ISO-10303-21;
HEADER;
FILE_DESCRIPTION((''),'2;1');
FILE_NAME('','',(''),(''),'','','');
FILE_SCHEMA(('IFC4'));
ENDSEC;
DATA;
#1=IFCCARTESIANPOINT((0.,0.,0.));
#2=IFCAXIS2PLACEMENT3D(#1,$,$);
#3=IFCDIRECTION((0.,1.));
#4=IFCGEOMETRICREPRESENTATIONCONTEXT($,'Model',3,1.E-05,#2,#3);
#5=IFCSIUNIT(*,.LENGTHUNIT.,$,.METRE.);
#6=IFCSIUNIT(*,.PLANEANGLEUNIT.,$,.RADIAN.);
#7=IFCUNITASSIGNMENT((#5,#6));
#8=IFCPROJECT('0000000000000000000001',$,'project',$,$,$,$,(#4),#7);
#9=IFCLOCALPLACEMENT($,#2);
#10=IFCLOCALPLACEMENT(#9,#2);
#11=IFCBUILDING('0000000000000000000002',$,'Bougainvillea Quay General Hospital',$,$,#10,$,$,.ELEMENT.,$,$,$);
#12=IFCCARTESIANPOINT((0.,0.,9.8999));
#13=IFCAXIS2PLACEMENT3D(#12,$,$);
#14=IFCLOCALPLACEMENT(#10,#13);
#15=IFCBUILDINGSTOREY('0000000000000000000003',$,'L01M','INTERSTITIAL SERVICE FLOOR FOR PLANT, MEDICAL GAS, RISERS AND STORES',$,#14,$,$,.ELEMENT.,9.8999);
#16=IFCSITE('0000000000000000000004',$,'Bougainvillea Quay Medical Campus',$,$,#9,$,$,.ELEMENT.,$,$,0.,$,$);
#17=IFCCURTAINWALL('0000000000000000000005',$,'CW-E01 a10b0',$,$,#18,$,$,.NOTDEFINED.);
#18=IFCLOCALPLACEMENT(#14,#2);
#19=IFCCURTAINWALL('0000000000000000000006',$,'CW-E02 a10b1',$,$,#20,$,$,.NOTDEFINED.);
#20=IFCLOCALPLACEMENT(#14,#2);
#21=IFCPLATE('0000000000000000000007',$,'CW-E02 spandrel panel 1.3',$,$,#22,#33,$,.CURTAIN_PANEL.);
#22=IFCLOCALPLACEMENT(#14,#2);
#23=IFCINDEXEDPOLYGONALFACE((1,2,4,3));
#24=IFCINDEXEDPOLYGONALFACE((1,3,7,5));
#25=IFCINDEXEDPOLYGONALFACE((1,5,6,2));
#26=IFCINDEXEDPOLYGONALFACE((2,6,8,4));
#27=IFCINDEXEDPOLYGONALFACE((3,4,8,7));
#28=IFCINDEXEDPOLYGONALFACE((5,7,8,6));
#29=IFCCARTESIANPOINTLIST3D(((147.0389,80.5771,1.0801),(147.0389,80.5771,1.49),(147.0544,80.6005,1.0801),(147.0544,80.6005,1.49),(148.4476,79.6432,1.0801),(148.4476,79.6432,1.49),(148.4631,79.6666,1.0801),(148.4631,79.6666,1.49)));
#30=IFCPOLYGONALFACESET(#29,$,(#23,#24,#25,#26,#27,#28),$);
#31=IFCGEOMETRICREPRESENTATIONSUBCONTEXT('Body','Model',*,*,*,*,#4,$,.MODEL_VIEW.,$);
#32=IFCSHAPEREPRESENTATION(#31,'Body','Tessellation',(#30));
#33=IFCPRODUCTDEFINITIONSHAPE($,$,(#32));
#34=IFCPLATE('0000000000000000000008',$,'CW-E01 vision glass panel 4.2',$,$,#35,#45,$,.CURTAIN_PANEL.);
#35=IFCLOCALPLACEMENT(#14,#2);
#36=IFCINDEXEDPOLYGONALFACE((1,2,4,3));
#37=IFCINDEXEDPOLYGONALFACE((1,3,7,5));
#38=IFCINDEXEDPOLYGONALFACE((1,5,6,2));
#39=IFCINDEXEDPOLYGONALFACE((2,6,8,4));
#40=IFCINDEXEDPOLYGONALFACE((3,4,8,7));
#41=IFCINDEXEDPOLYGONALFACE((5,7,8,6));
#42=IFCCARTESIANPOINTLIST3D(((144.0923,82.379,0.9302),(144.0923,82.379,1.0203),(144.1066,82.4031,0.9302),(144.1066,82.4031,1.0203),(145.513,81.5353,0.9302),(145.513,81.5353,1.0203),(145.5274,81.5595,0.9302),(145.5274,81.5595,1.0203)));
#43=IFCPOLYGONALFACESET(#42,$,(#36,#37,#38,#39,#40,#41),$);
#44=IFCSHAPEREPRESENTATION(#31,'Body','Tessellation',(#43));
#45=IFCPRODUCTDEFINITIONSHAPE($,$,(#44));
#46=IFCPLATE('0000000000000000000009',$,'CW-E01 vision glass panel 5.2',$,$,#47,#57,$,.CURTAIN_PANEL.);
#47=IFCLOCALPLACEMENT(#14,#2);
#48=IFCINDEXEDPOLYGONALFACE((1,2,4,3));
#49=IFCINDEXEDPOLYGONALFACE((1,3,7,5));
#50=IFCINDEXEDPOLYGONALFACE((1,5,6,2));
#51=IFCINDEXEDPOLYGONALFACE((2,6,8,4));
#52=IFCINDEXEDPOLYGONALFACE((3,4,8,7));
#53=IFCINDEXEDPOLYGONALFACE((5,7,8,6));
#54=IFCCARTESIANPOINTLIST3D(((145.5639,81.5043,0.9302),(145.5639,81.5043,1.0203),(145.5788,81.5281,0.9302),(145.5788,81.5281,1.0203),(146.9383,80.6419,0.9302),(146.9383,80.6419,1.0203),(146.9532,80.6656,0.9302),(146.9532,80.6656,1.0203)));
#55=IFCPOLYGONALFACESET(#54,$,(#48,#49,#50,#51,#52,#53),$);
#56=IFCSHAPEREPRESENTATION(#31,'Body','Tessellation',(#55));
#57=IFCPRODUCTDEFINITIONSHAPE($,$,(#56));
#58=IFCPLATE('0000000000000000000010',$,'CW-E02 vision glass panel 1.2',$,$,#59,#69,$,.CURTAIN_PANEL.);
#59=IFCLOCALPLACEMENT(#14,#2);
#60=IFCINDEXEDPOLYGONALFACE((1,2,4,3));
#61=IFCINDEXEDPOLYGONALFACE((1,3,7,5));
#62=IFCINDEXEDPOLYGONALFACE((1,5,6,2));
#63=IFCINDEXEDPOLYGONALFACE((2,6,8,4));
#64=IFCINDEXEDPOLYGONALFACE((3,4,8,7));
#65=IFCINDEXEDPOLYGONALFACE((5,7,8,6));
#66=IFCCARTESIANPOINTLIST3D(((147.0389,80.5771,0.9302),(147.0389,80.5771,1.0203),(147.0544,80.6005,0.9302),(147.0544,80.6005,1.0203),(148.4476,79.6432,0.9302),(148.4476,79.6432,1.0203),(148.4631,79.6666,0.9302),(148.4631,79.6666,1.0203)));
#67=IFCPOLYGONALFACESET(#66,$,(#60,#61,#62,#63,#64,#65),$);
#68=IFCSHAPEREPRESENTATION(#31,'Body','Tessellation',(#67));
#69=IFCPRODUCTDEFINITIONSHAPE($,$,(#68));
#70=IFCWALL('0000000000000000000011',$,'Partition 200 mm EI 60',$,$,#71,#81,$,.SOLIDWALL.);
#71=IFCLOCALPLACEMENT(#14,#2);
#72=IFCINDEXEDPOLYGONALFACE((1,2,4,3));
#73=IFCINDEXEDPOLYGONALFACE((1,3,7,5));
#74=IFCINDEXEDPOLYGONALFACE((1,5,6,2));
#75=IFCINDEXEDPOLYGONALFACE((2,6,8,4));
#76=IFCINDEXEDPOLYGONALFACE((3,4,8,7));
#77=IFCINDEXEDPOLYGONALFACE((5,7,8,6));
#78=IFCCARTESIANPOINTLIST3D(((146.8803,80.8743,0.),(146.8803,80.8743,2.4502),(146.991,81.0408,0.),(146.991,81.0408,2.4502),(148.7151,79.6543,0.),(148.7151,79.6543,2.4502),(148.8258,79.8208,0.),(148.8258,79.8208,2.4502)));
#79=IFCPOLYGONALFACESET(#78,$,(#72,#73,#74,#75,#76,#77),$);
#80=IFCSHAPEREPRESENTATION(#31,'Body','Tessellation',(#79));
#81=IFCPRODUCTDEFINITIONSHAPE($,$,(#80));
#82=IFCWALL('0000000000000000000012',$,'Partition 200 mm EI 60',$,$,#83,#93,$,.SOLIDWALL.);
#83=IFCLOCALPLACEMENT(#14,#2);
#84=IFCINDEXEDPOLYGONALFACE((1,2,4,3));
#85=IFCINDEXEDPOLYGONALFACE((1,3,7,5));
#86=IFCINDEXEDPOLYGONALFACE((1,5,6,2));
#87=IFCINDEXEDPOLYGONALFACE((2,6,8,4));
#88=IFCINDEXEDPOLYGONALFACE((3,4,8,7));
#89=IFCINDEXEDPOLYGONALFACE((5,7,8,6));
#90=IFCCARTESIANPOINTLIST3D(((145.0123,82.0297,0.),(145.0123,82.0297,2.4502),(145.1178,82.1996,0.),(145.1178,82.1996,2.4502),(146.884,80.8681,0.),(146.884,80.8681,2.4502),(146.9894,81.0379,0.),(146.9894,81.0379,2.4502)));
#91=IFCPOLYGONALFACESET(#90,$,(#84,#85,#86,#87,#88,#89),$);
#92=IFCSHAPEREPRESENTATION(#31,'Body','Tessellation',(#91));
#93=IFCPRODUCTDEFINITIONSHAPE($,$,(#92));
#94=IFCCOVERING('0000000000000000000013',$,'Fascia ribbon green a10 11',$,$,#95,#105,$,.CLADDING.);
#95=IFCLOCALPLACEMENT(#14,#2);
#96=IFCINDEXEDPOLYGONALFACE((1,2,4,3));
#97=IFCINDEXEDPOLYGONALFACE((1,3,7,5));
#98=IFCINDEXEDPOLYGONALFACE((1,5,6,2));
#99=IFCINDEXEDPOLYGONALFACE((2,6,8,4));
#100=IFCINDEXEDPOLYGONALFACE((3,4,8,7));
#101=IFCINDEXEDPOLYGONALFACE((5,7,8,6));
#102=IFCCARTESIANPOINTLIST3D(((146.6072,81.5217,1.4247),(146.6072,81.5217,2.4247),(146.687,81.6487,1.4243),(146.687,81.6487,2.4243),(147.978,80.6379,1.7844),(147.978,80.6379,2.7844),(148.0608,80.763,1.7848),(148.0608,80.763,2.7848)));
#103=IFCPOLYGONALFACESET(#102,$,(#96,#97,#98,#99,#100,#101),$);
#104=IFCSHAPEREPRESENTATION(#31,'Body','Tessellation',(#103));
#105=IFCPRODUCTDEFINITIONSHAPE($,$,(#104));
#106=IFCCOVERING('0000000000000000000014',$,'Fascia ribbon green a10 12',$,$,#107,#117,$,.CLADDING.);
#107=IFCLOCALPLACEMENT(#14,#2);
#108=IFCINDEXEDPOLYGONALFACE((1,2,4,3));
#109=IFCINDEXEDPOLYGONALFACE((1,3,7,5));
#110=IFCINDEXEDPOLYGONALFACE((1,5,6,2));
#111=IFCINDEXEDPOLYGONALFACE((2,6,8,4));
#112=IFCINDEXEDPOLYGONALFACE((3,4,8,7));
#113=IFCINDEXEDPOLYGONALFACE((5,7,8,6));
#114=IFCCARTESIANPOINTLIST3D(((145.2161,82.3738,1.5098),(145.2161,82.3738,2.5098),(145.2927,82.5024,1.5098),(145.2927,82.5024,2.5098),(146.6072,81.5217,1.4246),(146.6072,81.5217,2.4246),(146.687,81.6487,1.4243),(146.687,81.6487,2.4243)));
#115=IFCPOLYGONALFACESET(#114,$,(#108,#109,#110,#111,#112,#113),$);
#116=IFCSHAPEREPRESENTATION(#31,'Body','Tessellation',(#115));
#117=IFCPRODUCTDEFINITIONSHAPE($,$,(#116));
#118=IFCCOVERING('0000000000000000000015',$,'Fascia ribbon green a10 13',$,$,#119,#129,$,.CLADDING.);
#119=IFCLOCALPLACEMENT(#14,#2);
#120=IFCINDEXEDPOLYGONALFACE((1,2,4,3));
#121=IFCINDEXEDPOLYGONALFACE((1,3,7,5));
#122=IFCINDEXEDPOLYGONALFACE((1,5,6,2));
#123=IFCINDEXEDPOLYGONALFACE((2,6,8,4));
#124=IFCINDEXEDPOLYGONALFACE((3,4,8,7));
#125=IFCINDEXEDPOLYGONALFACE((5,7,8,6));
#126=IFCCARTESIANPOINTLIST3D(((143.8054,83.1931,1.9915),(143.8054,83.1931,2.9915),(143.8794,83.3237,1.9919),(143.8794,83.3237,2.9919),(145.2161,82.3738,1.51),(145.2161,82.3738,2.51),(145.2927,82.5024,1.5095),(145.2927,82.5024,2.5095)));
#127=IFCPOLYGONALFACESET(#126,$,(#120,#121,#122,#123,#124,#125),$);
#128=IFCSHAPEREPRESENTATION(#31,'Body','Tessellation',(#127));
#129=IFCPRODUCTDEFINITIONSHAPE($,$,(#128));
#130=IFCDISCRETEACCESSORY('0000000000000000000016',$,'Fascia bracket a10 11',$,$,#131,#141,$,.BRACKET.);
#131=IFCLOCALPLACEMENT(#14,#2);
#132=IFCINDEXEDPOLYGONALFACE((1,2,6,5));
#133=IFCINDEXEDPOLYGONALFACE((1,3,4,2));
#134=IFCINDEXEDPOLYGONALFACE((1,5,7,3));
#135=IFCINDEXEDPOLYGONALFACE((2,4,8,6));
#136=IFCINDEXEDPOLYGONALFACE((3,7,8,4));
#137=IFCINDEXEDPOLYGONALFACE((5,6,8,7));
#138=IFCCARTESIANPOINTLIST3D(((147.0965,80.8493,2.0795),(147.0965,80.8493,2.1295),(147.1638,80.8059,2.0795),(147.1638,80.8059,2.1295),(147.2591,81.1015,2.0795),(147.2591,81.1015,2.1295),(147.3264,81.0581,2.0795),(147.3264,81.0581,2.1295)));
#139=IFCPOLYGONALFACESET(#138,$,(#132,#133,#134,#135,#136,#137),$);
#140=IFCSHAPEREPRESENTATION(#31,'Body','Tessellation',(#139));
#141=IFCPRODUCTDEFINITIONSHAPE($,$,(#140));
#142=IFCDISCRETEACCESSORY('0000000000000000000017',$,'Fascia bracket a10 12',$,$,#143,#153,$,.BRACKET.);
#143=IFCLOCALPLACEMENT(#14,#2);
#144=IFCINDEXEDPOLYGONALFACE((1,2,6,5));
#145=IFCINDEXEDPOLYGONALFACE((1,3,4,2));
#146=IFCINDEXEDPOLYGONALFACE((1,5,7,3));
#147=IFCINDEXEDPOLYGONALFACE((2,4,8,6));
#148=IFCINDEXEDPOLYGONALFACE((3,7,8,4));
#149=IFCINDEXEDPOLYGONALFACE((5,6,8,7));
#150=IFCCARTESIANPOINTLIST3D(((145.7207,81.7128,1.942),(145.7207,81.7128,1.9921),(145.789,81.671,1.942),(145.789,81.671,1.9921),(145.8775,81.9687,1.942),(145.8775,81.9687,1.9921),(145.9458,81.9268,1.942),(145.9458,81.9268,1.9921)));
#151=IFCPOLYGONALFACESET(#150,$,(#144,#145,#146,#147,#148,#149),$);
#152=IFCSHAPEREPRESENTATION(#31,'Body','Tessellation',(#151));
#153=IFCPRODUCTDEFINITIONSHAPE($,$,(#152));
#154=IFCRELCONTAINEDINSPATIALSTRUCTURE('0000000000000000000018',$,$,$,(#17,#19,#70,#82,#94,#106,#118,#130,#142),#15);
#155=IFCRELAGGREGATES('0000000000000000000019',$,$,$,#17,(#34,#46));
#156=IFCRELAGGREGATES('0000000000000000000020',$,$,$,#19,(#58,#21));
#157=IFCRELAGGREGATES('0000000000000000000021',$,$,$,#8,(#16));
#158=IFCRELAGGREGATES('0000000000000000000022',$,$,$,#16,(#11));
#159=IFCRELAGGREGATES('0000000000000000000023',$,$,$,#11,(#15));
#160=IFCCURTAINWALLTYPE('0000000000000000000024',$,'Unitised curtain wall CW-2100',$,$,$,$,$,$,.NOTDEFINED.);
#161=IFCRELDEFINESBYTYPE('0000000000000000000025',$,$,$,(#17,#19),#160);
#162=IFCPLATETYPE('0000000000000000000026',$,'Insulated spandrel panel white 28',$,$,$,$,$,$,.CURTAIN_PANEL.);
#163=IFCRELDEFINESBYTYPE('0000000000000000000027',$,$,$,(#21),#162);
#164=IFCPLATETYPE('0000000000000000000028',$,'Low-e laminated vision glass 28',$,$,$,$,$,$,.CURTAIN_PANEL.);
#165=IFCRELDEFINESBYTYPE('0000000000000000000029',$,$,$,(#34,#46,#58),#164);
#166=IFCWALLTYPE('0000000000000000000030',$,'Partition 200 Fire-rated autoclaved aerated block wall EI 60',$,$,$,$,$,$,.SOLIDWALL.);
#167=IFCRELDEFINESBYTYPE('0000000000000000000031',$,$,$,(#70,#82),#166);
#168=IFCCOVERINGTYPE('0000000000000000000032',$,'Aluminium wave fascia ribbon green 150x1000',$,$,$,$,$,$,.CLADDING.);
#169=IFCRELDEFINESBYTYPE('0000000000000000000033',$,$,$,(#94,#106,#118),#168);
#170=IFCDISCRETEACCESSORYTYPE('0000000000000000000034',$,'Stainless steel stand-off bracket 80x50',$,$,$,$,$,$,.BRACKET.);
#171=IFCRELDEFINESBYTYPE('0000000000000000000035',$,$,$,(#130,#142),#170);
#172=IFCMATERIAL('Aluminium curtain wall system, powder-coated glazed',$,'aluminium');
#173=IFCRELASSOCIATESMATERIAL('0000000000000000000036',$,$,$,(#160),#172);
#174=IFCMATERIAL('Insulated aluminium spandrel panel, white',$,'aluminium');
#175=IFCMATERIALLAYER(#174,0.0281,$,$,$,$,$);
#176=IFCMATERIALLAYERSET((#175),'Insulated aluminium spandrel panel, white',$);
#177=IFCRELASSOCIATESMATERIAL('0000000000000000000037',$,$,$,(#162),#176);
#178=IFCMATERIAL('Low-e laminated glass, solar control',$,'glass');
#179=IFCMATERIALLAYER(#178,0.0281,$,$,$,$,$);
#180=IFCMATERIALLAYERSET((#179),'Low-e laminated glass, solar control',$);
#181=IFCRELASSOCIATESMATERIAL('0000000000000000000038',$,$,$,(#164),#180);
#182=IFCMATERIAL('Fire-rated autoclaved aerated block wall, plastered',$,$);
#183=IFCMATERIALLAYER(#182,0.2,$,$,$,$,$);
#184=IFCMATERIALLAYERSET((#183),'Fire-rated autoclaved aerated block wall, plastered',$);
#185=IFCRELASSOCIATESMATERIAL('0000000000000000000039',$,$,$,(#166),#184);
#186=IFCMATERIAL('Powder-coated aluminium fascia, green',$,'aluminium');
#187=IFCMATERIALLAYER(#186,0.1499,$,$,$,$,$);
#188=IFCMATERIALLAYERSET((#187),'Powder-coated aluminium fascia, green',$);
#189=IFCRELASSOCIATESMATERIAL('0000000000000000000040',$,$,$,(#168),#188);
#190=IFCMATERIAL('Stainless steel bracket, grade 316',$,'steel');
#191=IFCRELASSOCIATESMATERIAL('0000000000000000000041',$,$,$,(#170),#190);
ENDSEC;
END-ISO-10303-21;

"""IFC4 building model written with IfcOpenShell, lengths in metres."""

from ifc_helpers import new_model, si_unit, direction, frame, frame_2d, origin, origin_2d, place, context, subcontext, project, spatial, polyline, rectangle, outline, extrude, material, layer, layer_set, material_profile, profile_set, type_object, element, aggregate, save


model = new_model("IFC4")

# Units and contexts
model_context = context("Model", 3, precision=1e-05, world=origin(), true_north=direction((0.0, 1.0)))
body_context = subcontext(model_context, "Body", "Model", "MODEL_VIEW")
ifc_project = project(units=[si_unit("LENGTHUNIT", "METRE"), si_unit("PLANEANGLEUNIT", "RADIAN")], contexts=[model_context])

# Site, building, storey
site_placement = place(None, origin())
site = spatial("IfcSite", under=ifc_project, at=site_placement, Name="Bougainvillea Quay Medical Campus", CompositionType="ELEMENT", RefElevation=0.0)
building_placement = place(site_placement, origin())
building = spatial("IfcBuilding", under=site, at=building_placement, Name="Bougainvillea Quay General Hospital", CompositionType="ELEMENT")
storey_placement = place(building_placement, frame((0.0, 0.0, 9.8999)))
storey = spatial("IfcBuildingStorey", under=building, at=storey_placement, Name="L01M", Description="INTERSTITIAL SERVICE FLOOR FOR PLANT, MEDICAL GAS, RISERS AND STORES", CompositionType="ELEMENT", Elevation=9.8999)

# Curtain wall
ifc_material_1 = material(Name="Aluminium curtain wall system, powder-coated glazed", Category="aluminium")
curtain_wall_type = type_object("IfcCurtainWallType", Name="Unitised curtain wall CW-2100", PredefinedType="NOTDEFINED", material=ifc_material_1)
curtain_wall_1_placement = place(storey_placement, origin())
curtain_wall_1 = element("IfcCurtainWall", 1, at=curtain_wall_1_placement, inside=storey, type_object=curtain_wall_type, Name="CW-E01 a10b0", PredefinedType="NOTDEFINED")

# Curtain wall
curtain_wall_2_placement = place(storey_placement, origin())
curtain_wall_2 = element("IfcCurtainWall", 2, at=curtain_wall_2_placement, inside=storey, type_object=curtain_wall_type, Name="CW-E02 a10b1", PredefinedType="NOTDEFINED")

# Plates
ifc_material_2 = material(Name="Insulated aluminium spandrel panel, white", Category="aluminium")
ifc_layer_1 = layer(ifc_material_2, 0.0281)
ifc_layer_set_1 = layer_set([ifc_layer_1], Name="Insulated aluminium spandrel panel, white")
plate_type_1 = type_object("IfcPlateType", Name="Insulated spandrel panel white 28", PredefinedType="CURTAIN_PANEL", material=ifc_layer_set_1)
plate_1_placement = place(storey_placement, frame((147.751, 80.1218, 1.0801), z_axis=(0.0, 0.0, 1.0), x_axis=(0.833469, -0.552566, 0.0)))
plate_1 = element("IfcPlate", 3, at=plate_1_placement, type_object=plate_type_1, Name="CW-E02 spandrel panel 1.3", PredefinedType="CURTAIN_PANEL", context=body_context, shape_type="SweptSolid", body=[
    extrude(rectangle(XDim=1.6902, YDim=0.0281, at=origin_2d()), origin(), (0.0, 0.0, 1.0), 0.4099),
])
ifc_material_3 = material(Name="Low-e laminated glass, solar control", Category="glass")
ifc_layer_2 = layer(ifc_material_3, 0.0281)
ifc_layer_set_2 = layer_set([ifc_layer_2], Name="Low-e laminated glass, solar control")
plate_type_2 = type_object("IfcPlateType", Name="Low-e laminated vision glass 28", PredefinedType="CURTAIN_PANEL", material=ifc_layer_set_2)
plate_2_placement = place(storey_placement, frame((144.8098, 81.9692, 0.9302), z_axis=(0.0, 0.0, 1.0), x_axis=(0.859835, -0.510572, 0.0)))
plate_2 = element("IfcPlate", 4, at=plate_2_placement, type_object=plate_type_2, Name="CW-E01 vision glass panel 4.2", PredefinedType="CURTAIN_PANEL", context=body_context, shape_type="SweptSolid", body=[
    extrude(rectangle(XDim=1.6523, YDim=0.0281, at=origin_2d()), origin(), (0.0, 0.0, 1.0), 0.0901),
])
plate_3_placement = place(storey_placement, frame((146.2585, 81.085, 0.9302), z_axis=(0.0, 0.0, 1.0), x_axis=(0.847042, -0.531526, 0.0)))
plate_3 = element("IfcPlate", 5, at=plate_3_placement, type_object=plate_type_2, Name="CW-E01 vision glass panel 5.2", PredefinedType="CURTAIN_PANEL", context=body_context, shape_type="SweptSolid", body=[
    extrude(rectangle(XDim=1.6226, YDim=0.0281, at=origin_2d()), origin(), (0.0, 0.0, 1.0), 0.0901),
])
aggregate(curtain_wall_1, [plate_2, plate_3])
plate_4_placement = place(storey_placement, frame((147.751, 80.1218, 0.9302), z_axis=(0.0, 0.0, 1.0), x_axis=(0.833469, -0.552566, 0.0)))
plate_4 = element("IfcPlate", 6, at=plate_4_placement, type_object=plate_type_2, Name="CW-E02 vision glass panel 1.2", PredefinedType="CURTAIN_PANEL", context=body_context, shape_type="SweptSolid", body=[
    extrude(rectangle(XDim=1.6902, YDim=0.0281, at=origin_2d()), origin(), (0.0, 0.0, 1.0), 0.0901),
])
aggregate(curtain_wall_2, [plate_4, plate_1])

# Walls
ifc_material_4 = material(Name="Fire-rated autoclaved aerated block wall, plastered")
ifc_layer_3 = layer(ifc_material_4, 0.2)
ifc_layer_set_3 = layer_set([ifc_layer_3], Name="Fire-rated autoclaved aerated block wall, plastered")
wall_type = type_object("IfcWallType", Name="Partition 200 Fire-rated autoclaved aerated block wall EI 60", PredefinedType="SOLIDWALL", material=ifc_layer_set_3)
wall_1_placement = place(storey_placement, frame((146.9358, 80.9575, 0.0), z_axis=(0.0, 0.0, 1.0), x_axis=(0.832715, -0.553703, 0.0)))
element("IfcWall", 7, at=wall_1_placement, inside=storey, type_object=wall_type, Name="Partition 200 mm EI 60", PredefinedType="SOLIDWALL", context=body_context, shape_type="SweptSolid", body=[
    extrude(rectangle(XDim=2.2034, YDim=0.2, at=frame_2d((1.1016, 0.0))), origin(), (0.0, 0.0, 1.0), 2.4502),
])
wall_2_placement = place(storey_placement, frame((145.0649, 82.1147, 0.0), z_axis=(0.0, 0.0, 1.0), x_axis=(0.84965, -0.527346, 0.0)))
element("IfcWall", 8, at=wall_2_placement, inside=storey, type_object=wall_type, Name="Partition 200 mm EI 60", PredefinedType="SOLIDWALL", context=body_context, shape_type="SweptSolid", body=[
    extrude(rectangle(XDim=2.2029, YDim=0.2, at=frame_2d((1.1016, 0.0))), origin(), (0.0, 0.0, 1.0), 2.4502),
])

# Coverings
ifc_material_5 = material(Name="Powder-coated aluminium fascia, green", Category="aluminium")
ifc_layer_4 = layer(ifc_material_5, 0.1499)
ifc_layer_set_4 = layer_set([ifc_layer_4], Name="Powder-coated aluminium fascia, green")
covering_type = type_object("IfcCoveringType", Name="Aluminium wave fascia ribbon green 150x1000", PredefinedType="CLADDING", material=ifc_layer_set_4)
covering_1_placement = place(storey_placement, frame((147.978, 80.6379, 1.7844), z_axis=(-0.180959, 0.116782, 0.976533), x_axis=(-0.820749, 0.529138, -0.215369)))
element("IfcCovering", 9, at=covering_1_placement, inside=storey, type_object=covering_type, Name="Fascia ribbon green a10 11", PredefinedType="CLADDING", context=body_context, shape_type="SweptSolid", body=[
    extrude(outline(polyline([(0.0, 0.0), (1.6703, 0.0), (1.672, -0.15), (-0.0018, -0.1499), (0.0, 0.0)])), origin(), (-0.215369, 0.000096, 0.976533), 1.0),
])
covering_2_placement = place(storey_placement, frame((146.6072, 81.5217, 1.4246), z_axis=(0.044924, -0.02655, 0.998638), x_axis=(-0.851594, 0.521598, 0.052177)))
element("IfcCovering", 10, at=covering_2_placement, inside=storey, type_object=covering_type, Name="Fascia ribbon green a10 12", PredefinedType="CLADDING", context=body_context, shape_type="SweptSolid", body=[
    extrude(outline(polyline([(0.0, 0.0), (1.6335, 0.0), (1.6354, -0.1498), (-0.0018, -0.15), (0.0, 0.0)])), origin(), (0.052177, 0.000823, 0.998638), 1.0),
])
covering_3_placement = place(storey_placement, frame((145.2161, 82.3738, 1.51), z_axis=(0.244748, -0.142194, 0.959103), x_axis=(-0.829358, 0.481711, 0.283056)))
element("IfcCovering", 11, at=covering_3_placement, inside=storey, type_object=covering_type, Name="Fascia ribbon green a10 13", PredefinedType="CLADDING", context=body_context, shape_type="SweptSolid", body=[
    extrude(outline(polyline([(0.0, 0.0), (1.7009, 0.0), (1.7026, -0.1501), (-0.0017, -0.1498), (0.0, 0.0)])), origin(), (0.283056, -0.000032, 0.959103), 1.0),
])

# Discrete accessories
ifc_material_6 = material(Name="Stainless steel bracket, grade 316", Category="steel")
ifc_material_profile_1 = material_profile(ifc_material_6, rectangle(XDim=0.0801, YDim=0.05, at=origin_2d()))
ifc_profile_set_1 = profile_set([ifc_material_profile_1], Name="Stainless steel bracket, grade 316")
discrete_accessory_type = type_object("IfcDiscreteAccessoryType", Name="Stainless steel stand-off bracket 80x50", PredefinedType="BRACKET", material=ifc_profile_set_1)
for number, where, z_axis, x_axis, name in (
    (12, (147.1301, 80.8276, 2.1045), (0.541867, 0.840464, 0.0), (-0.840464, 0.541867, 0.0), "Fascia bracket a10 11"),
    (13, (145.7549, 81.6919, 1.967), (0.522371, 0.852718, 0.0), (-0.852718, 0.522371, 0.0), "Fascia bracket a10 12"),
):
    element("IfcDiscreteAccessory", number, at=place(storey_placement, frame(where, z_axis=z_axis, x_axis=x_axis)), inside=storey, type_object=discrete_accessory_type, Name=name, PredefinedType="BRACKET", context=body_context, shape_type="SweptSolid", body=[
        extrude(rectangle(XDim=0.0801, YDim=0.05, at=origin_2d()), origin(), (0.0, 0.0, 1.0), 0.3),
    ])

save(model, "model.ifc")
